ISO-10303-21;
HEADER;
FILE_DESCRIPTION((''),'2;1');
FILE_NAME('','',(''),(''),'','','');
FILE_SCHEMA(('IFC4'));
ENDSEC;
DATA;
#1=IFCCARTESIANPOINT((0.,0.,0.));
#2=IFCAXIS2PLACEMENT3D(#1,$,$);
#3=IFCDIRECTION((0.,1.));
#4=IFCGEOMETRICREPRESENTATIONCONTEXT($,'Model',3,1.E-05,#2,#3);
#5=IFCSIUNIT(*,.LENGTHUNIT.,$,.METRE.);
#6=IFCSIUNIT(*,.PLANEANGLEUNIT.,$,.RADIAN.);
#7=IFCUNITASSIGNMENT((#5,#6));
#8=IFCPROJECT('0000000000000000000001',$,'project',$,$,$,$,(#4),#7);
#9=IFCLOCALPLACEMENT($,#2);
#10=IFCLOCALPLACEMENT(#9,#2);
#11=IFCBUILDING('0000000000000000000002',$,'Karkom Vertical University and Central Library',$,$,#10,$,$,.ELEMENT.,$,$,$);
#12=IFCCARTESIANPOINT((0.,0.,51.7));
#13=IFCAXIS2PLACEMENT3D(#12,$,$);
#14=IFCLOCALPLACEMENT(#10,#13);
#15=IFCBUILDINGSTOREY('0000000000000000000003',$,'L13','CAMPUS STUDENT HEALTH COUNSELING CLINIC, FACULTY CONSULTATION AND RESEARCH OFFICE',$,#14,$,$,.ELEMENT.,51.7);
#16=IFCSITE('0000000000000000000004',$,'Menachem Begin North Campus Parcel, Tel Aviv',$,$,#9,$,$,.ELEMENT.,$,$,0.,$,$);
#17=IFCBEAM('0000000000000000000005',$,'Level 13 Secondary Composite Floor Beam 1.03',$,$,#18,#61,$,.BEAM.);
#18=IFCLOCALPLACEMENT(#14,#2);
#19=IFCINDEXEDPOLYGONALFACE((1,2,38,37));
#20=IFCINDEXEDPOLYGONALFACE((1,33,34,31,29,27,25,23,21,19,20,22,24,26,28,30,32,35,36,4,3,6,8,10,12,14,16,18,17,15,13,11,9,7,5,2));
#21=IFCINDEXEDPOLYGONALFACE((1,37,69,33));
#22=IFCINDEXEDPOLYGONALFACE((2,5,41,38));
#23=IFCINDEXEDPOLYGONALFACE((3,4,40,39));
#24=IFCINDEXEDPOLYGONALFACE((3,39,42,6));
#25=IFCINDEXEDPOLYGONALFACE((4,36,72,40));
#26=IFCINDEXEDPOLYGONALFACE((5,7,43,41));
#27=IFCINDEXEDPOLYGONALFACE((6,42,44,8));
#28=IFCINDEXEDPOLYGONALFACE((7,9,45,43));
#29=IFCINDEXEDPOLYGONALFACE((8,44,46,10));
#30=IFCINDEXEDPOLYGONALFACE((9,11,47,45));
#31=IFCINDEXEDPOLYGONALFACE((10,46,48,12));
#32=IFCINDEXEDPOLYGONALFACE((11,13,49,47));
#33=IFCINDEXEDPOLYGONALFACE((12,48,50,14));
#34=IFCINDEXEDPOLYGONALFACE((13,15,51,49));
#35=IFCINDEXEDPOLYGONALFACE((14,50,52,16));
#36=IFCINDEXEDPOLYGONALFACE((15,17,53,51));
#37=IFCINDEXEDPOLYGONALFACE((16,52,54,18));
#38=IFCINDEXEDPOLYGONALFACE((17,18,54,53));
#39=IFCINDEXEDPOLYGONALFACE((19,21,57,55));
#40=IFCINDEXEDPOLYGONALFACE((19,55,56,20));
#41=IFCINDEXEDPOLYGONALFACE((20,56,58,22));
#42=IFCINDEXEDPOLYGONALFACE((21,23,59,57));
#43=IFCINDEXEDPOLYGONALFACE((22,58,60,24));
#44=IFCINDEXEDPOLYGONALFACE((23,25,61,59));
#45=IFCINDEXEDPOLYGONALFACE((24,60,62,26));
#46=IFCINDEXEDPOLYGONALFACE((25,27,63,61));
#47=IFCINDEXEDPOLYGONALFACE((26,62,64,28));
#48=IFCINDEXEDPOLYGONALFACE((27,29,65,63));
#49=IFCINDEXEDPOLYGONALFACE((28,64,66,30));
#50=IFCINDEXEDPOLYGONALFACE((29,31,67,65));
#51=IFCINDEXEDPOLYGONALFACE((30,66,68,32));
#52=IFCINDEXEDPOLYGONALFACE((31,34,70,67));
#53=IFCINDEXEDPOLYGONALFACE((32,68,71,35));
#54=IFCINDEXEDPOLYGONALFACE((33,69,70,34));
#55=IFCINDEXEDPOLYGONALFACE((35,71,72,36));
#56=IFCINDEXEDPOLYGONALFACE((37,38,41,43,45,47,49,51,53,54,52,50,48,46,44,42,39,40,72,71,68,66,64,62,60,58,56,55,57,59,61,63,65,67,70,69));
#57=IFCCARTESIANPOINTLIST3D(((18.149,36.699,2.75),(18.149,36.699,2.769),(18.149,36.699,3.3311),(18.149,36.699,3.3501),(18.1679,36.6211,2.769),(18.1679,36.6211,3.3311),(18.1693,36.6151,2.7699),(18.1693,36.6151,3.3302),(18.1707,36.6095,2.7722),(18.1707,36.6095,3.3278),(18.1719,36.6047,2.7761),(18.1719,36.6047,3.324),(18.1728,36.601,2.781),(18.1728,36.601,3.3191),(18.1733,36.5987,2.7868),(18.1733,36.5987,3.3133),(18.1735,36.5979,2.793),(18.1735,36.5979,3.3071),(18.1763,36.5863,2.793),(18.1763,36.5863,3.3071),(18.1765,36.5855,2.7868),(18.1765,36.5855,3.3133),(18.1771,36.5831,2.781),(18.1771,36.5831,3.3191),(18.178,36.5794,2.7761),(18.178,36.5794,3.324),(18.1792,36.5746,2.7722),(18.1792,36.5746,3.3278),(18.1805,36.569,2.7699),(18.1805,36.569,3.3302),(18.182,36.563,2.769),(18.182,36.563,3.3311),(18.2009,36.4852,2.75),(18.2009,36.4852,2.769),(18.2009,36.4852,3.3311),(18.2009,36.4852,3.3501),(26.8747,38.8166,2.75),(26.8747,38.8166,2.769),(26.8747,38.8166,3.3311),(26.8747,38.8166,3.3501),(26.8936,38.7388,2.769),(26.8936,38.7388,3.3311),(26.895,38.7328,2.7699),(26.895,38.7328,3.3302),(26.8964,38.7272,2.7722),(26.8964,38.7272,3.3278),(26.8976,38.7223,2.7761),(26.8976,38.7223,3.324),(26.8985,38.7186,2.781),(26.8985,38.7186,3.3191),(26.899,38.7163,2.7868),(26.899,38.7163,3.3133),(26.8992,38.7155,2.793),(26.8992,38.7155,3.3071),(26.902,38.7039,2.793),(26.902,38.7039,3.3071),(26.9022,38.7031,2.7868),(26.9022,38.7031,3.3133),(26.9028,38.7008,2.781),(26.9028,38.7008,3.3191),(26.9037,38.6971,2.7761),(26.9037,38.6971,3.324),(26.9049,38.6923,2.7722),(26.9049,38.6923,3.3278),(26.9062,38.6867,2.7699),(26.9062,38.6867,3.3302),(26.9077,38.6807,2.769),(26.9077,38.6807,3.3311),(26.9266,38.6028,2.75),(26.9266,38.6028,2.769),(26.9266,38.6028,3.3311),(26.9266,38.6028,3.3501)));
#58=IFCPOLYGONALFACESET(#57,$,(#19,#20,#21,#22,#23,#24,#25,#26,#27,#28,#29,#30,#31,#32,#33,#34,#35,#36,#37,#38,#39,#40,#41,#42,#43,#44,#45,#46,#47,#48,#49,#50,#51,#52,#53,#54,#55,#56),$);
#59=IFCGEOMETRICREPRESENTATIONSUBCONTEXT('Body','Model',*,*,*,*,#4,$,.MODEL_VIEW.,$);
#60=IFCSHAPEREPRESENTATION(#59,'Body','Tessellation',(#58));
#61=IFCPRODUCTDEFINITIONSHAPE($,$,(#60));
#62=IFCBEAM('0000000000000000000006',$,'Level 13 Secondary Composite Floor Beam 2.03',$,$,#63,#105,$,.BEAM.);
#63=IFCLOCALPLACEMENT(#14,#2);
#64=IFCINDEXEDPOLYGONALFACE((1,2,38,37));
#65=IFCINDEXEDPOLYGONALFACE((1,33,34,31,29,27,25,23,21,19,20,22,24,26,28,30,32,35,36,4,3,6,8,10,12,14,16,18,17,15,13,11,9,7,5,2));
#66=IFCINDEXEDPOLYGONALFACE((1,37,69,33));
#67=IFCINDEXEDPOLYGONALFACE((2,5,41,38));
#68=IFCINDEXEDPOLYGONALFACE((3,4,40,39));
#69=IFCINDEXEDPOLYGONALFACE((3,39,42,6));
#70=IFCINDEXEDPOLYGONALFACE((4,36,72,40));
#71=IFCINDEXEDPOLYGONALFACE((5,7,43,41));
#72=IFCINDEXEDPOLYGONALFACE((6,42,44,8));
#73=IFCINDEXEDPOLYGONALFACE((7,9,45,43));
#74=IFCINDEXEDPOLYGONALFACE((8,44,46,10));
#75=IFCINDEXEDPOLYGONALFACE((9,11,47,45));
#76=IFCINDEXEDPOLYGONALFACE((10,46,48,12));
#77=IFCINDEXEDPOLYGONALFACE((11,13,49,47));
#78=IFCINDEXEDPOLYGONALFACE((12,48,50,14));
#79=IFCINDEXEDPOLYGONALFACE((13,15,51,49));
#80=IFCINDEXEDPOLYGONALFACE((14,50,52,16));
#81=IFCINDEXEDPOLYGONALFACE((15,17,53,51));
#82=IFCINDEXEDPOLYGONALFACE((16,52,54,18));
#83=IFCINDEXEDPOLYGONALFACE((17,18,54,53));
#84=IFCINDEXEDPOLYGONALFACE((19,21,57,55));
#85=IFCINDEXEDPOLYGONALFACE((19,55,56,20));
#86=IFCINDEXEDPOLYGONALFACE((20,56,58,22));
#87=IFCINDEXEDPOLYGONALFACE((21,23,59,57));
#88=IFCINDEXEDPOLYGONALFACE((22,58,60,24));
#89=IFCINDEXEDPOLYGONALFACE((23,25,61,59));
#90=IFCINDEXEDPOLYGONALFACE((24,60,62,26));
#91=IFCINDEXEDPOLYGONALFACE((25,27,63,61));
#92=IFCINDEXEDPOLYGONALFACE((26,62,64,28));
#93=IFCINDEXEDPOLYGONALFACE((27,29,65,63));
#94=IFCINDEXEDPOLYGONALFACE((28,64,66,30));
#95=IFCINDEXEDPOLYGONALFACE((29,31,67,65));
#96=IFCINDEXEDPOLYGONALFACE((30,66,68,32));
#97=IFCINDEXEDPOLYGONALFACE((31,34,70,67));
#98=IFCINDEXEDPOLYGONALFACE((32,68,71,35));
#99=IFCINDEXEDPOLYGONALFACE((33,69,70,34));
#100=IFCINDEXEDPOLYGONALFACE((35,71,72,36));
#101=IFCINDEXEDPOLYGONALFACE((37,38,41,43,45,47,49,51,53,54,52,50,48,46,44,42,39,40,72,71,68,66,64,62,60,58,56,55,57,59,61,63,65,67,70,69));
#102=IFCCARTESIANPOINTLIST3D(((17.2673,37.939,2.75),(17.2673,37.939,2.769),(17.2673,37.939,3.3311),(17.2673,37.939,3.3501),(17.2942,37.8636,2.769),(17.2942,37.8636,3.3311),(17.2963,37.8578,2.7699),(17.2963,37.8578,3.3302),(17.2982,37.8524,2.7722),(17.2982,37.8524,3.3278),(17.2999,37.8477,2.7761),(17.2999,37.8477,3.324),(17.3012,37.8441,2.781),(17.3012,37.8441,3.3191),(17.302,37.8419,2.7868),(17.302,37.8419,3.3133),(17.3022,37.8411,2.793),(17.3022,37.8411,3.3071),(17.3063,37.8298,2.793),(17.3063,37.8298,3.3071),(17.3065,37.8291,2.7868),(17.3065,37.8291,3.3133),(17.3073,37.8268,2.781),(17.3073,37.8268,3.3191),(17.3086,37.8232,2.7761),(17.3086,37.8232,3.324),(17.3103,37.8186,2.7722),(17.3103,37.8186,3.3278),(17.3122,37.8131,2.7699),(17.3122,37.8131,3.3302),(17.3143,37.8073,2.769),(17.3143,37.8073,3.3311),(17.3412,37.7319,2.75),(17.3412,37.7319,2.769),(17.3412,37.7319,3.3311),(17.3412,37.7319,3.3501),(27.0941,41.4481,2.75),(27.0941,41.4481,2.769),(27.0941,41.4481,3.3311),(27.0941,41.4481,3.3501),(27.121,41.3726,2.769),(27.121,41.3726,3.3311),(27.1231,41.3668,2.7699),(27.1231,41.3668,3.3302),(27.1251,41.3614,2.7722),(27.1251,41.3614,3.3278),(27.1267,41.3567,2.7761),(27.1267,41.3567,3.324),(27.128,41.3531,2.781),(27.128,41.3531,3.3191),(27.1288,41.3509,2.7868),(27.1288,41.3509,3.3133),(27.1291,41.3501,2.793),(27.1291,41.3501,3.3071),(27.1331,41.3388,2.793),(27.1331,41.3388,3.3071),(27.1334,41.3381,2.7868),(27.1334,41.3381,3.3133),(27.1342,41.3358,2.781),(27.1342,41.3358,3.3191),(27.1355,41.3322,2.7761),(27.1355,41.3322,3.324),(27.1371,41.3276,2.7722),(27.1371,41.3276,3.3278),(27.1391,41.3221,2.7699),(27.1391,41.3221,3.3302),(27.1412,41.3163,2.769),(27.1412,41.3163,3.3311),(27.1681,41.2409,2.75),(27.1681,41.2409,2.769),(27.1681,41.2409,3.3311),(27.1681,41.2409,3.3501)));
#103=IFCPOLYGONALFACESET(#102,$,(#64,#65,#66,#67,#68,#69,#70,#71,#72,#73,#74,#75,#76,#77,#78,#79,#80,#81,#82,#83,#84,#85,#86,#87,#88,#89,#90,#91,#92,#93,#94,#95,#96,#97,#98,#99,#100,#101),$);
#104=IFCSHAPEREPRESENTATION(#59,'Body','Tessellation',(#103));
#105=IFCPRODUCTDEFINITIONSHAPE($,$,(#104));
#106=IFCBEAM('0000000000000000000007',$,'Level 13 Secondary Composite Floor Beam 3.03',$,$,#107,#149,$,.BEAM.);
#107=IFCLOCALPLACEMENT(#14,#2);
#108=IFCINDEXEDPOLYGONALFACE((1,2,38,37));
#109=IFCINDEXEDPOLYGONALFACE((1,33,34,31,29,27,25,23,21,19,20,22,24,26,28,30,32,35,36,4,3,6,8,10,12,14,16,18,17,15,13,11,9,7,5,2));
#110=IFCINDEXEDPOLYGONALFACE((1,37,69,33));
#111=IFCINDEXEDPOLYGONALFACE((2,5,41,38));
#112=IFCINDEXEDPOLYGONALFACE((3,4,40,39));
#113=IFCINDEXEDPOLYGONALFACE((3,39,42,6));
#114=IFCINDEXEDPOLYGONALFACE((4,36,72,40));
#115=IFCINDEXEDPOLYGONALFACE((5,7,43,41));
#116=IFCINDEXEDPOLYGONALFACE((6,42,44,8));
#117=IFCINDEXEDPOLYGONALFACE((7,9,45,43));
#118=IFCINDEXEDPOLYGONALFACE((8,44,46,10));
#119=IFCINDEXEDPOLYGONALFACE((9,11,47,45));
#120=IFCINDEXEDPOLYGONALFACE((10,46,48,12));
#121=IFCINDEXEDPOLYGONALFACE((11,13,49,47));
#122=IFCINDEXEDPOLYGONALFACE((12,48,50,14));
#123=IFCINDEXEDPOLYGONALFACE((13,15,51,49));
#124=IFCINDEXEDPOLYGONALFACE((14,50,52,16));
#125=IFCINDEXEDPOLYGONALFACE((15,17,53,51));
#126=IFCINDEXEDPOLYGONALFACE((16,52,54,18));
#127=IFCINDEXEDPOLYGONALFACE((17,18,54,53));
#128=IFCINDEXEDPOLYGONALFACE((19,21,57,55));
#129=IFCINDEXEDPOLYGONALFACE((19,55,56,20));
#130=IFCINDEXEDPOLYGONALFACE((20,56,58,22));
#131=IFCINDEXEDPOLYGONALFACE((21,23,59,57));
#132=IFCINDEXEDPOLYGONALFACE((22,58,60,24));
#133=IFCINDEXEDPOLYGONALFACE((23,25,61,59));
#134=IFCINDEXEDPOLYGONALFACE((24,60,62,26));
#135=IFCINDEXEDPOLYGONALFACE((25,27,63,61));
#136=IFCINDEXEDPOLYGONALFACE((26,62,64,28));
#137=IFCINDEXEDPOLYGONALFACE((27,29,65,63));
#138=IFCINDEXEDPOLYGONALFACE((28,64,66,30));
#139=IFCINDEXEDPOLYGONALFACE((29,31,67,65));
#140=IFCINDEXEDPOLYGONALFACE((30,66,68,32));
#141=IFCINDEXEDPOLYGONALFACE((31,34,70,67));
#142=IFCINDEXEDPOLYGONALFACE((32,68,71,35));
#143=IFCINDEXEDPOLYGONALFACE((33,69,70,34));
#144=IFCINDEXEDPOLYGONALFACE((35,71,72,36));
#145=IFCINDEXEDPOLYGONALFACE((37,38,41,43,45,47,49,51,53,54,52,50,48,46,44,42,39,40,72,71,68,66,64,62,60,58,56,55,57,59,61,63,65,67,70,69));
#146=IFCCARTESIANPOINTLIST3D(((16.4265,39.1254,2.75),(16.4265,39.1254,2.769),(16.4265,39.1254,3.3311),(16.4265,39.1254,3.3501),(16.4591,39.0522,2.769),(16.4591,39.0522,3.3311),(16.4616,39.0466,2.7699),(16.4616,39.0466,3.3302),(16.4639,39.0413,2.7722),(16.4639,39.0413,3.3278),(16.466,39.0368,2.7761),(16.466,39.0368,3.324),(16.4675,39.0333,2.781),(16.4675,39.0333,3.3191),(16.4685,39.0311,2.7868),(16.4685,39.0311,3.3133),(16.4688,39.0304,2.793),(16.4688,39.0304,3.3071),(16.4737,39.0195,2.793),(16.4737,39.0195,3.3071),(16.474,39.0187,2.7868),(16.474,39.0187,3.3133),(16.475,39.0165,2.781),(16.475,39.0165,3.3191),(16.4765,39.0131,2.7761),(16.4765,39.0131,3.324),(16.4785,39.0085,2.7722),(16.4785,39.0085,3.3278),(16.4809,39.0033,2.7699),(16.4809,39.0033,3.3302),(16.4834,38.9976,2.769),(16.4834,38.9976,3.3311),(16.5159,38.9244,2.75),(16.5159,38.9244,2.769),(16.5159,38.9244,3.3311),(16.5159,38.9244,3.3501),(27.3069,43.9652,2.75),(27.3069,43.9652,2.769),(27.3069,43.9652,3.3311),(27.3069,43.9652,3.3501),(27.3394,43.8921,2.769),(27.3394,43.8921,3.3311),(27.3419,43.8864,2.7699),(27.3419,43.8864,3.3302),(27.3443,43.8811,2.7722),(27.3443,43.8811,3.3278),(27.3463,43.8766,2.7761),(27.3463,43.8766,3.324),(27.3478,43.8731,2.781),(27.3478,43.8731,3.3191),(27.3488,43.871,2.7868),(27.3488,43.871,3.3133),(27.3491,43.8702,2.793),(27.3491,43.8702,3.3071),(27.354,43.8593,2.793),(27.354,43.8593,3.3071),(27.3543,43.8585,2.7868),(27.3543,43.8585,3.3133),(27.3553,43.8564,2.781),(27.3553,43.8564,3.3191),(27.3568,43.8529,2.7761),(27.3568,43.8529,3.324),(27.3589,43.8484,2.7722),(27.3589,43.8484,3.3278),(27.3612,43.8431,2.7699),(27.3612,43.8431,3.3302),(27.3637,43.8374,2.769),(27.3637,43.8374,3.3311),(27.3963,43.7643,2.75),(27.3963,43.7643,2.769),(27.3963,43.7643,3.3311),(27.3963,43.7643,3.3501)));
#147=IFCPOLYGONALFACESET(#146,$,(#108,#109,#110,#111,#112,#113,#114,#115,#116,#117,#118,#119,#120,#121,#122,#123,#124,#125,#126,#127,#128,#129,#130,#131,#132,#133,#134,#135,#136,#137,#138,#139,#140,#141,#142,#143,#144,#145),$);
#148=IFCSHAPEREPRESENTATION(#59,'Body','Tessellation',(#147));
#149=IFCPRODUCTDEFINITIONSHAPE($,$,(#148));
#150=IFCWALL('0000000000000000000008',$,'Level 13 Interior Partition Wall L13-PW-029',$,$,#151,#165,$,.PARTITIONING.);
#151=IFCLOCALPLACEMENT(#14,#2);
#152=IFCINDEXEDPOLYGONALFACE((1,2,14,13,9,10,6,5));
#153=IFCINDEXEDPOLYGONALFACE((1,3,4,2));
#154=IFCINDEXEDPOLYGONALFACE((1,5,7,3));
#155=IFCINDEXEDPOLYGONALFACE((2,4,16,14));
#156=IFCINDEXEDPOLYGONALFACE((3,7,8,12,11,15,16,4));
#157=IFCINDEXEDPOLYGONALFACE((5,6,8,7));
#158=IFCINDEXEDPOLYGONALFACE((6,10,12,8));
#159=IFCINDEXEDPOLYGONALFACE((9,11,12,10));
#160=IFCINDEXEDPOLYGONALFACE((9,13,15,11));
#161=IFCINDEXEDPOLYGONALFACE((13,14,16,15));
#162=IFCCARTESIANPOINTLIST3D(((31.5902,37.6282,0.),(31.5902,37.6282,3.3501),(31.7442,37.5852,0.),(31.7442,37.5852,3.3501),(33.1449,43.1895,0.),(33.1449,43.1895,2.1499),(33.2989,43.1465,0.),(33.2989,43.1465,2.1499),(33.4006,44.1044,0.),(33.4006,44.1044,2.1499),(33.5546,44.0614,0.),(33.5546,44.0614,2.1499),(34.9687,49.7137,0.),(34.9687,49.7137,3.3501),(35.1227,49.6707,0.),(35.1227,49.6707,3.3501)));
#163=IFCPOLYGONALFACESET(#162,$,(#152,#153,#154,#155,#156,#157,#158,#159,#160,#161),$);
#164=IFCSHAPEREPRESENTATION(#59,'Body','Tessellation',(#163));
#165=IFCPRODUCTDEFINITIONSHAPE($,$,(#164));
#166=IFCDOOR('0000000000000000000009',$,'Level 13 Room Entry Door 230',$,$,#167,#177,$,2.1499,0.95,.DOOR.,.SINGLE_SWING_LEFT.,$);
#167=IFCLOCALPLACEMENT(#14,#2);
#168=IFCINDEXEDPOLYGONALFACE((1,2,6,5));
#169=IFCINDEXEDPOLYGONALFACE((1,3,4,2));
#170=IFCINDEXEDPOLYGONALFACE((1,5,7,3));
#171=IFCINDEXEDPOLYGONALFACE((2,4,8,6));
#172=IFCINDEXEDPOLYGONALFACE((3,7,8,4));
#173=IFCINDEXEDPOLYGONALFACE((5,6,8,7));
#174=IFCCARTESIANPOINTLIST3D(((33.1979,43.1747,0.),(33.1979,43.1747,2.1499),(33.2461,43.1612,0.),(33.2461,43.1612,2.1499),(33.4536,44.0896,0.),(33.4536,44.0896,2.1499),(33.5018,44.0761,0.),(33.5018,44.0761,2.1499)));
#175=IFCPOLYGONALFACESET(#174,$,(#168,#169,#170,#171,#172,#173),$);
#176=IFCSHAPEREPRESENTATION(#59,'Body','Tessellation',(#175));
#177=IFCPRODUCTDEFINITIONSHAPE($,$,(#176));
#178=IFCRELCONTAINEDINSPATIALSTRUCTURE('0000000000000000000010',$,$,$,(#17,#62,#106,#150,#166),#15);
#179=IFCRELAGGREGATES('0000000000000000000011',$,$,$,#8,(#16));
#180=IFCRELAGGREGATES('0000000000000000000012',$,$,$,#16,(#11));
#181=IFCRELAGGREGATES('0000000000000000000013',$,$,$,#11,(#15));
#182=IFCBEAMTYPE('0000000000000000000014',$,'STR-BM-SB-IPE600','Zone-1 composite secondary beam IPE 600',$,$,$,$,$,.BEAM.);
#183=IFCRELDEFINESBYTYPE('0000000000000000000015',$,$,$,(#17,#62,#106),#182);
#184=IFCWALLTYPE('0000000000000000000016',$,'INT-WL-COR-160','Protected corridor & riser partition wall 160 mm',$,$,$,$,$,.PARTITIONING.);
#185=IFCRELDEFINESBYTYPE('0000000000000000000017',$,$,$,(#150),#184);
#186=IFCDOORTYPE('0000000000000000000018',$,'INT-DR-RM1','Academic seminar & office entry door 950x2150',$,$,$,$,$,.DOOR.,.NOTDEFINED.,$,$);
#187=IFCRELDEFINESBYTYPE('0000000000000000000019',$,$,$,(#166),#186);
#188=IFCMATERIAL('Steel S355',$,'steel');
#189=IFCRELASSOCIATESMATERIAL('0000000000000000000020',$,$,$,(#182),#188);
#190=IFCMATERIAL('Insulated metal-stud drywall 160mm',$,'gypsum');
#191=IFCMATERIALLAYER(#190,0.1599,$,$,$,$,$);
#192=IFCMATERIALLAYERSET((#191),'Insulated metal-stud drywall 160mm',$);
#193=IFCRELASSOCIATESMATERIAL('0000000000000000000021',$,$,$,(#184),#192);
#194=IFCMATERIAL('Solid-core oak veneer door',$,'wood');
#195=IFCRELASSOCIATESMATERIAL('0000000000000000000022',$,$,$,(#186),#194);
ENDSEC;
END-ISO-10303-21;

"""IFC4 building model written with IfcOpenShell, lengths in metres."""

from ifc_helpers import new_model, si_unit, direction, frame, frame_2d, origin, origin_with_axes, origin_2d, place, context, subcontext, project, spatial, rectangle, i_section, extrude, source, transform, mapped, material, layer, layer_set, material_profile, profile_set, type_object, element, fill, save


model = new_model("IFC4")

# Units and contexts
model_context = context("Model", 3, precision=1e-05, world=origin(), true_north=direction((0.0, 1.0)))
body_context = subcontext(model_context, "Body", "Model", "MODEL_VIEW")
ifc_project = project(units=[si_unit("LENGTHUNIT", "METRE"), si_unit("PLANEANGLEUNIT", "RADIAN")], contexts=[model_context])

# Site, building, storey
site_placement = place(None, origin())
site = spatial("IfcSite", under=ifc_project, at=site_placement, Name="Menachem Begin North Campus Parcel, Tel Aviv", CompositionType="ELEMENT", RefElevation=0.0)
building_placement = place(site_placement, origin())
building = spatial("IfcBuilding", under=site, at=building_placement, Name="Karkom Vertical University and Central Library", CompositionType="ELEMENT")
storey_placement = place(building_placement, frame((0.0, 0.0, 51.7)))
storey = spatial("IfcBuildingStorey", under=building, at=storey_placement, Name="L13", Description="CAMPUS STUDENT HEALTH COUNSELING CLINIC, FACULTY CONSULTATION AND RESEARCH OFFICE", CompositionType="ELEMENT", Elevation=51.7)

# Beams
ifc_material_1 = material(Name="Steel S355", Category="steel")
ifc_material_profile_1 = material_profile(ifc_material_1, i_section(OverallWidth=0.22, OverallDepth=0.6001, WebThickness=0.012, FlangeThickness=0.019, FilletRadius=0.0239, at=origin_2d()), Name="IPE 600")
ifc_profile_set_1 = profile_set([ifc_material_profile_1], Name="Steel S355")
beam_type_1 = type_object("IfcBeamType", Name="STR-BM-SB-IPE600", Description="Zone-1 composite secondary beam IPE 600", PredefinedType="BEAM", material=ifc_profile_set_1)
shared_shape_1 = source(origin_with_axes(), body_context, "Body", "SweptSolid", [
    extrude(i_section(OverallWidth=0.22, OverallDepth=0.6001, WebThickness=0.012, FlangeThickness=0.019, FilletRadius=0.0239, at=origin_2d()), origin(), (0.0, 0.0, 1.0), 8.979),
])
beam_1_placement = place(storey_placement, frame((26.9006, 38.7097, 3.05), z_axis=(-0.971791, -0.235844, 0.0), x_axis=(0.235844, -0.971791, 0.0)))
element("IfcBeam", 1, at=beam_1_placement, inside=storey, type_object=beam_type_1, Name="Level 13 Secondary Composite Floor Beam 1.03", PredefinedType="BEAM", context=body_context, shape_type="MappedRepresentation", body=[
    mapped(shared_shape_1, transform((0.0, 0.0, 0.0), scale=1.0)),
])
shared_shape_2 = source(origin_with_axes(), body_context, "Body", "SweptSolid", [
    extrude(i_section(OverallWidth=0.22, OverallDepth=0.6001, WebThickness=0.012, FlangeThickness=0.019, FilletRadius=0.0239, at=origin_2d()), origin(), (0.0, 0.0, 1.0), 10.4346),
])
beam_2_placement = place(storey_placement, frame((27.1311, 41.3445, 3.05), z_axis=(-0.941759, -0.336287, 0.0), x_axis=(0.336287, -0.941759, 0.0)))
element("IfcBeam", 2, at=beam_2_placement, inside=storey, type_object=beam_type_1, Name="Level 13 Secondary Composite Floor Beam 2.03", PredefinedType="BEAM", context=body_context, shape_type="MappedRepresentation", body=[
    mapped(shared_shape_2, transform((0.0, 0.0, 0.0), scale=1.0)),
])
shared_shape_3 = source(origin_with_axes(), body_context, "Body", "SweptSolid", [
    extrude(i_section(OverallWidth=0.22, OverallDepth=0.6001, WebThickness=0.012, FlangeThickness=0.019, FilletRadius=0.0239, at=origin_2d()), origin(), (0.0, 0.0, 1.0), 11.9082),
])
beam_3_placement = place(storey_placement, frame((27.3516, 43.8647, 3.05), z_axis=(-0.913683, -0.406428, 0.0), x_axis=(0.406428, -0.913683, 0.0)))
element("IfcBeam", 3, at=beam_3_placement, inside=storey, type_object=beam_type_1, Name="Level 13 Secondary Composite Floor Beam 3.03", PredefinedType="BEAM", context=body_context, shape_type="MappedRepresentation", body=[
    mapped(shared_shape_3, transform((0.0, 0.0, 0.0), scale=1.0)),
])

# Wall, opening, door
ifc_material_2 = material(Name="Insulated metal-stud drywall 160mm", Category="gypsum")
ifc_layer_1 = layer(ifc_material_2, 0.1599)
ifc_layer_set_1 = layer_set([ifc_layer_1], Name="Insulated metal-stud drywall 160mm")
wall_type_1 = type_object("IfcWallType", Name="INT-WL-COR-160", Description="Protected corridor & riser partition wall 160 mm", PredefinedType="PARTITIONING", material=ifc_layer_set_1)
wall_1_placement = place(storey_placement, frame((31.6672, 37.6067, 0.0), z_axis=(0.0, 0.0, 1.0), x_axis=(0.269223, 0.963078, 0.0)))
wall_1 = element("IfcWall", 4, at=wall_1_placement, inside=storey, type_object=wall_type_1, Name="Level 13 Interior Partition Wall L13-PW-029", PredefinedType="PARTITIONING", context=body_context, shape_type="SweptSolid", body=[
    extrude(rectangle(XDim=12.5488, YDim=0.1599, at=frame_2d((6.2744, 0.0))), origin(), (0.0, 0.0, 1.0), 3.3501),
])
opening_1_placement = place(wall_1_placement, frame((5.7744, 0.0, 0.0)))
opening_1 = element("IfcOpeningElement", 5, at=opening_1_placement, cuts=wall_1, PredefinedType="OPENING", context=body_context, shape_type="SweptSolid", body=[
    extrude(rectangle(XDim=0.95, YDim=2.1499, at=frame_2d((0.4751, 1.075))), frame((0.0, 0.0898, 0.0), z_axis=(0.0, -1.0, 0.0), x_axis=(1.0, 0.0, 0.0)), (0.0, 0.0, 1.0), 0.1799),
])
ifc_material_3 = material(Name="Solid-core oak veneer door", Category="wood")
door_type_1 = type_object("IfcDoorType", Name="INT-DR-RM1", Description="Academic seminar & office entry door 950x2150", OperationType="NOTDEFINED", PredefinedType="DOOR", material=ifc_material_3)
shared_shape_4 = source(origin_with_axes(), body_context, "Body", "SweptSolid", [
    extrude(rectangle(XDim=0.95, YDim=2.1499, at=frame_2d((0.4751, 1.075))), frame((0.0, 0.0249, 0.0), z_axis=(0.0, -1.0, 0.0), x_axis=(1.0, 0.0, 0.0)), (0.0, 0.0, 1.0), 0.05),
])
door_1_placement = place(opening_1_placement, origin())
door_1 = element("IfcDoor", 6, at=door_1_placement, inside=storey, type_object=door_type_1, Name="Level 13 Room Entry Door 230", OperationType="SINGLE_SWING_LEFT", OverallHeight=2.1499, OverallWidth=0.95, PredefinedType="DOOR", context=body_context, shape_type="MappedRepresentation", body=[
    mapped(shared_shape_4, transform((0.0, 0.0, 0.0), scale=1.0)),
])
fill(opening_1, door_1)

save(model, "model.ifc")
